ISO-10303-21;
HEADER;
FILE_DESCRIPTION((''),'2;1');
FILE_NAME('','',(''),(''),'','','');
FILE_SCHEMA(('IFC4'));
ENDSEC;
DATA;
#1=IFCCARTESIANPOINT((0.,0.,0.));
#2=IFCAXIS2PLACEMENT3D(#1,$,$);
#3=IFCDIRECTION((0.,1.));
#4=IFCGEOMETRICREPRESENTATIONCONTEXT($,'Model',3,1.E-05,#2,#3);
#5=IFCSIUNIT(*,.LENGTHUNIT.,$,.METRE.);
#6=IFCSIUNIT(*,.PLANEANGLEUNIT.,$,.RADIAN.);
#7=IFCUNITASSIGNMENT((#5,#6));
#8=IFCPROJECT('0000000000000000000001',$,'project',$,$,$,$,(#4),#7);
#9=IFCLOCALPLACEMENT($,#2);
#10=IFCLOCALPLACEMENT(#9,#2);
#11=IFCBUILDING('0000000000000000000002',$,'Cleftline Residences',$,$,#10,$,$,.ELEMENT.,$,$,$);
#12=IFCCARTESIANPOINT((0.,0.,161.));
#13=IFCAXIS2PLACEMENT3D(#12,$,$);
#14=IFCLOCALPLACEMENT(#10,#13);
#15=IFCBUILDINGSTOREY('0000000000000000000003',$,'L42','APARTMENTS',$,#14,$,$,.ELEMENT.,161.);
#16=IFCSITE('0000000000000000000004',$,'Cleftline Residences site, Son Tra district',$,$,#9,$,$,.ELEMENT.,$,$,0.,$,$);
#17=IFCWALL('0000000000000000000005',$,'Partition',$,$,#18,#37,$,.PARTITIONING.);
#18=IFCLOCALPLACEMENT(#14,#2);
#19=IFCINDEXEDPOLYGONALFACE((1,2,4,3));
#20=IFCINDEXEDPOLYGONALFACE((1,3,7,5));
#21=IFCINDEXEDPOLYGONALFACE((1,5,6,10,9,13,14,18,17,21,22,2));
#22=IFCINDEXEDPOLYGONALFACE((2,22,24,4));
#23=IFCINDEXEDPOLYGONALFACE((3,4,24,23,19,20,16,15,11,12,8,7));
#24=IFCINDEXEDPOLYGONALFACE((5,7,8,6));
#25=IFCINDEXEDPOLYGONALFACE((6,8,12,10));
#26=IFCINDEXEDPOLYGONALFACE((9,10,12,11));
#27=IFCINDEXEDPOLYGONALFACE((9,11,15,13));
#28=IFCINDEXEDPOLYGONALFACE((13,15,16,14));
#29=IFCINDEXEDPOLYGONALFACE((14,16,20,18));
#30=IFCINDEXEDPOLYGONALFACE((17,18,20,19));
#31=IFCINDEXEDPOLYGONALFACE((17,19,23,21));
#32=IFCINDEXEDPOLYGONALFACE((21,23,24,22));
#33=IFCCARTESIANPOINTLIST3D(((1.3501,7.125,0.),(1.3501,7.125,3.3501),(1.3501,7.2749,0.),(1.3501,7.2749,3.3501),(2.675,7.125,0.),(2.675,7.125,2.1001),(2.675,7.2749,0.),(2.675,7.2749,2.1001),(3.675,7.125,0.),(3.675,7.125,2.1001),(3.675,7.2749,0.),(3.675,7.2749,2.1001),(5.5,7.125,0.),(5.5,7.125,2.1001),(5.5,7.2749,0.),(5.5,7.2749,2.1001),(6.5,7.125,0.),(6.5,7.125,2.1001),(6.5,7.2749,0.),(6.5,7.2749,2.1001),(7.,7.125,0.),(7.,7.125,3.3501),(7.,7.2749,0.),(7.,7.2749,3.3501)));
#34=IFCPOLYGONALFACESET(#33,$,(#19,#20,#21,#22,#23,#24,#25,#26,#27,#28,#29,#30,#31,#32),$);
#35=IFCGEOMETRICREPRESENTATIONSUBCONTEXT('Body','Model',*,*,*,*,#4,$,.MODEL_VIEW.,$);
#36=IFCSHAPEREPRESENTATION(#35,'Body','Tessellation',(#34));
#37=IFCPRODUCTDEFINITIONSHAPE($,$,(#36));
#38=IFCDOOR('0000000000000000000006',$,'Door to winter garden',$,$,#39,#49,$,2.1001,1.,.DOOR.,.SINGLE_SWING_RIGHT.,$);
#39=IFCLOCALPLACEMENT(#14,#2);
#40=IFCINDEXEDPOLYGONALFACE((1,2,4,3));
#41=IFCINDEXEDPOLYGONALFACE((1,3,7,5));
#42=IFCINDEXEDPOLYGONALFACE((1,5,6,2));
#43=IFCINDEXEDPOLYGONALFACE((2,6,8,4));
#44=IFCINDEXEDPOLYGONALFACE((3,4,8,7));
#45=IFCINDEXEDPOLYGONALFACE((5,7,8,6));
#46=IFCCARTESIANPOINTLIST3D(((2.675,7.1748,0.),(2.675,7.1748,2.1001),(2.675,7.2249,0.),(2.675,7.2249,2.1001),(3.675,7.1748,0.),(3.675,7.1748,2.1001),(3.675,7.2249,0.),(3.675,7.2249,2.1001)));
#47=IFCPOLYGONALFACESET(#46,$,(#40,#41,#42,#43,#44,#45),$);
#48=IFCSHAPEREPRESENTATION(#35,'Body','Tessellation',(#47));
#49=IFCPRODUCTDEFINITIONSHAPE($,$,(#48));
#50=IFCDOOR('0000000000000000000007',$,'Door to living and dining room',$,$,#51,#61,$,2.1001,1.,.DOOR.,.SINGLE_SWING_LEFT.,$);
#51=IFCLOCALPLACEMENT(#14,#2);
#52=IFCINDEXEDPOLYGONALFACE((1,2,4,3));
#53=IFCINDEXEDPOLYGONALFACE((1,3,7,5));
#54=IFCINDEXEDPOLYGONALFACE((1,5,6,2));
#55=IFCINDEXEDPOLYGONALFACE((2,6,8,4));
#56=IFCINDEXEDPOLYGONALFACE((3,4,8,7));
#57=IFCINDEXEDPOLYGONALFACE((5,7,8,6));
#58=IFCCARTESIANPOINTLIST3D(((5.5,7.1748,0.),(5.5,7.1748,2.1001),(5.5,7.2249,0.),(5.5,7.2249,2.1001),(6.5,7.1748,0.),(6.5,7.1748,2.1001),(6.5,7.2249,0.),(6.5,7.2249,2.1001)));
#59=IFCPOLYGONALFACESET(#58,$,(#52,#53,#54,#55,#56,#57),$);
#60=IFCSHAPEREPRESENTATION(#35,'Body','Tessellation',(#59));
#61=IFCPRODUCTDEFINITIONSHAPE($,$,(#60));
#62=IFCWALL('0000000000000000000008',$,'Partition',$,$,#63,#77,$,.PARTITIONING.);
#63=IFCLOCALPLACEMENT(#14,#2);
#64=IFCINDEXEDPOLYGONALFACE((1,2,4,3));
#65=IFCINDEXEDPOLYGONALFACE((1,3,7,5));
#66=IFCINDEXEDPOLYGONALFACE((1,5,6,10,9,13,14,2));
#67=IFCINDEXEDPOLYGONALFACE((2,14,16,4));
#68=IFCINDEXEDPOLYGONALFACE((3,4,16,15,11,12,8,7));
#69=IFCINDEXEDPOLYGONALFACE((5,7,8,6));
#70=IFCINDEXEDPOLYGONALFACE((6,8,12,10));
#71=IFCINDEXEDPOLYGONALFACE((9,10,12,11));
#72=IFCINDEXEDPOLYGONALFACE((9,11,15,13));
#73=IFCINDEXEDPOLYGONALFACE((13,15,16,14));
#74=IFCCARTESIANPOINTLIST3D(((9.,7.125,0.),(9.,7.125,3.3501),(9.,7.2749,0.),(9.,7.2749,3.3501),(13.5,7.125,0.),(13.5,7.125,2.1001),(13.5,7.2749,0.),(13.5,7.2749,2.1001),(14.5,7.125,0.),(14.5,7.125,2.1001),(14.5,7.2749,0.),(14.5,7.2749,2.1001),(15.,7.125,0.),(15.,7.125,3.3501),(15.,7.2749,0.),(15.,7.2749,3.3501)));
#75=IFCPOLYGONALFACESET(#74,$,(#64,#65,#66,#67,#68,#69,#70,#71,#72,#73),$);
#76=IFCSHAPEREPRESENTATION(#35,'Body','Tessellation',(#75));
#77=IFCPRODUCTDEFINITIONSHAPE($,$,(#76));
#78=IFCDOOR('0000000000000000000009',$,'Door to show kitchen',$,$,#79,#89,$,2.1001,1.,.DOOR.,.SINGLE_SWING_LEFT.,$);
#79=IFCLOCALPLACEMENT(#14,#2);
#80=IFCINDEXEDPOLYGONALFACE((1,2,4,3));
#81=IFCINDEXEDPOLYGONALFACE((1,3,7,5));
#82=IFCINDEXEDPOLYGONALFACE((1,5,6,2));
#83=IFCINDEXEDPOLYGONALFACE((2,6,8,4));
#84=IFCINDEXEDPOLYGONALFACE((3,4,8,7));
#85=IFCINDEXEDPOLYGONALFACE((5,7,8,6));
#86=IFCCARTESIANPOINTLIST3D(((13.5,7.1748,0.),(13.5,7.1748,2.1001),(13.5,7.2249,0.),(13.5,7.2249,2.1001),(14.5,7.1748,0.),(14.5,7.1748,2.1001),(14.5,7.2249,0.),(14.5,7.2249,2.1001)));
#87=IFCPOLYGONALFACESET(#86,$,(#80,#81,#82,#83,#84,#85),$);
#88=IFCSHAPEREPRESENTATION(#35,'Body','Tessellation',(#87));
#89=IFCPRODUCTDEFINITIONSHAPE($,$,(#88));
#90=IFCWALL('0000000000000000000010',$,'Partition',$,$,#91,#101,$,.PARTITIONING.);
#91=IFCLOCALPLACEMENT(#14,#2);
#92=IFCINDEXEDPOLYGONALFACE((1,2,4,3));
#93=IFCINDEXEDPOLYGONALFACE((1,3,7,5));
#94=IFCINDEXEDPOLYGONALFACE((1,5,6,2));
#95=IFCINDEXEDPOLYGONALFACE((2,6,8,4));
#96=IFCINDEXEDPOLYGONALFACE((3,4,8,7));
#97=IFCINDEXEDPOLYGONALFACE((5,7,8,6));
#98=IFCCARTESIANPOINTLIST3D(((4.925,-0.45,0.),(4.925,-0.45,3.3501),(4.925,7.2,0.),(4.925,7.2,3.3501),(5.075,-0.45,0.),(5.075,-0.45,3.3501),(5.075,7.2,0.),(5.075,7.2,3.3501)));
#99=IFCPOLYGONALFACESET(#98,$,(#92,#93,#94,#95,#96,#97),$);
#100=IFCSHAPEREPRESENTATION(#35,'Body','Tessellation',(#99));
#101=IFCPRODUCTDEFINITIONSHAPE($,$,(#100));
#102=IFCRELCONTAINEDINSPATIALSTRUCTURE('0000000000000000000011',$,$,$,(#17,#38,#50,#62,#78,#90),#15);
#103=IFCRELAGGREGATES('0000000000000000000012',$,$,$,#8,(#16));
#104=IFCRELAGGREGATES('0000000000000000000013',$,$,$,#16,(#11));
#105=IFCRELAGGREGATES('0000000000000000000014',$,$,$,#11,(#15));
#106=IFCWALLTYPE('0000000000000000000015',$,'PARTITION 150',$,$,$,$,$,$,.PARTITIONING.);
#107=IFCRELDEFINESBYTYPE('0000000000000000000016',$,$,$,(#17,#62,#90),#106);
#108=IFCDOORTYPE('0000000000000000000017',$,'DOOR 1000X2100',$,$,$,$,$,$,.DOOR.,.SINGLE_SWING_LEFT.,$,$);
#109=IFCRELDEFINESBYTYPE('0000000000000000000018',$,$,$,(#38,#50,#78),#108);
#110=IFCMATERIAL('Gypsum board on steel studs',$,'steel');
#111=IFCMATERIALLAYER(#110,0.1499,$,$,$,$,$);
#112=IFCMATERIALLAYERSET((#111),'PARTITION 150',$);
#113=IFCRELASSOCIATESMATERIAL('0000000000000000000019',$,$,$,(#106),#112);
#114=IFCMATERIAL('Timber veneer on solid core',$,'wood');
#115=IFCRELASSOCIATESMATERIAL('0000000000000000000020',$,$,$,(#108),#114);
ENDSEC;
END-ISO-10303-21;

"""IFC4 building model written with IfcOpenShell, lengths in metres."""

from ifc_helpers import new_model, si_unit, direction, frame, frame_2d, origin, place, context, subcontext, project, spatial, rectangle, extrude, material, layer, layer_set, type_object, element, fill, save


model = new_model("IFC4")

# Units and contexts
model_context = context("Model", 3, precision=1e-05, world=origin(), true_north=direction((0.0, 1.0)))
body_context = subcontext(model_context, "Body", "Model", "MODEL_VIEW")
ifc_project = project(units=[si_unit("LENGTHUNIT", "METRE"), si_unit("PLANEANGLEUNIT", "RADIAN")], contexts=[model_context])

# Site, building, storey
site_placement = place(None, origin())
site = spatial("IfcSite", under=ifc_project, at=site_placement, Name="Cleftline Residences site, Son Tra district", CompositionType="ELEMENT", RefElevation=0.0)
building_placement = place(site_placement, origin())
building = spatial("IfcBuilding", under=site, at=building_placement, Name="Cleftline Residences", CompositionType="ELEMENT")
storey_placement = place(building_placement, frame((0.0, 0.0, 161.0)))
storey = spatial("IfcBuildingStorey", under=building, at=storey_placement, Name="L42", Description="APARTMENTS", CompositionType="ELEMENT", Elevation=161.0)

# Wall, openings, doors
ifc_material_1 = material(Name="Gypsum board on steel studs", Category="steel")
ifc_layer_1 = layer(ifc_material_1, 0.1499)
ifc_layer_set_1 = layer_set([ifc_layer_1], Name="PARTITION 150")
wall_type_1 = type_object("IfcWallType", Name="PARTITION 150", PredefinedType="PARTITIONING", material=ifc_layer_set_1)
wall_1_placement = place(storey_placement, frame((1.3501, 7.2, 0.0), z_axis=(0.0, 0.0, 1.0), x_axis=(1.0, 0.0, 0.0)))
wall_1 = element("IfcWall", 1, at=wall_1_placement, inside=storey, type_object=wall_type_1, Name="Partition", PredefinedType="PARTITIONING", context=body_context, shape_type="SweptSolid", body=[
    extrude(rectangle(XDim=5.6499, YDim=0.1499, at=frame_2d((2.825, 0.0))), origin(), (0.0, 0.0, 1.0), 3.3501),
])
opening_1_placement = place(wall_1_placement, frame((1.325, 0.0, 0.0)))
opening_1 = element("IfcOpeningElement", 2, at=opening_1_placement, cuts=wall_1, PredefinedType="OPENING", context=body_context, shape_type="SweptSolid", body=[
    extrude(rectangle(XDim=1.0, YDim=2.1001, at=frame_2d((0.5, 1.05))), frame((0.0, 0.085, 0.0), z_axis=(0.0, -1.0, 0.0), x_axis=(1.0, 0.0, 0.0)), (0.0, 0.0, 1.0), 0.1699),
])
opening_2_placement = place(wall_1_placement, frame((4.1499, 0.0, 0.0)))
opening_2 = element("IfcOpeningElement", 3, at=opening_2_placement, cuts=wall_1, PredefinedType="OPENING", context=body_context, shape_type="SweptSolid", body=[
    extrude(rectangle(XDim=1.0, YDim=2.1001, at=frame_2d((0.5, 1.05))), frame((0.0, 0.085, 0.0), z_axis=(0.0, -1.0, 0.0), x_axis=(1.0, 0.0, 0.0)), (0.0, 0.0, 1.0), 0.1699),
])
ifc_material_2 = material(Name="Timber veneer on solid core", Category="wood")
door_type = type_object("IfcDoorType", Name="DOOR 1000X2100", OperationType="SINGLE_SWING_LEFT", PredefinedType="DOOR", material=ifc_material_2)
door_1_placement = place(opening_1_placement, origin())
door_1 = element("IfcDoor", 4, at=door_1_placement, inside=storey, type_object=door_type, Name="Door to winter garden", OperationType="SINGLE_SWING_RIGHT", OverallHeight=2.1001, OverallWidth=1.0, PredefinedType="DOOR", context=body_context, shape_type="SweptSolid", body=[
    extrude(rectangle(XDim=1.0, YDim=2.1001, at=frame_2d((0.5, 1.05))), frame((0.0, 0.0249, 0.0), z_axis=(0.0, -1.0, 0.0), x_axis=(1.0, 0.0, 0.0)), (0.0, 0.0, 1.0), 0.05),
])
fill(opening_1, door_1)
door_2_placement = place(opening_2_placement, origin())
door_2 = element("IfcDoor", 5, at=door_2_placement, inside=storey, type_object=door_type, Name="Door to living and dining room", OperationType="SINGLE_SWING_LEFT", OverallHeight=2.1001, OverallWidth=1.0, PredefinedType="DOOR", context=body_context, shape_type="SweptSolid", body=[
    extrude(rectangle(XDim=1.0, YDim=2.1001, at=frame_2d((0.5, 1.05))), frame((0.0, 0.0249, 0.0), z_axis=(0.0, -1.0, 0.0), x_axis=(1.0, 0.0, 0.0)), (0.0, 0.0, 1.0), 0.05),
])
fill(opening_2, door_2)

# Wall, opening, door
wall_2_placement = place(storey_placement, frame((9.0, 7.2, 0.0), z_axis=(0.0, 0.0, 1.0), x_axis=(1.0, 0.0, 0.0)))
wall_2 = element("IfcWall", 6, at=wall_2_placement, inside=storey, type_object=wall_type_1, Name="Partition", PredefinedType="PARTITIONING", context=body_context, shape_type="SweptSolid", body=[
    extrude(rectangle(XDim=6.0, YDim=0.1499, at=frame_2d((3.0, 0.0))), origin(), (0.0, 0.0, 1.0), 3.3501),
])
opening_3_placement = place(wall_2_placement, frame((4.5, 0.0, 0.0)))
opening_3 = element("IfcOpeningElement", 7, at=opening_3_placement, cuts=wall_2, PredefinedType="OPENING", context=body_context, shape_type="SweptSolid", body=[
    extrude(rectangle(XDim=1.0, YDim=2.1001, at=frame_2d((0.5, 1.05))), frame((0.0, 0.085, 0.0), z_axis=(0.0, -1.0, 0.0), x_axis=(1.0, 0.0, 0.0)), (0.0, 0.0, 1.0), 0.1699),
])
door_3_placement = place(opening_3_placement, origin())
door_3 = element("IfcDoor", 8, at=door_3_placement, inside=storey, type_object=door_type, Name="Door to show kitchen", OperationType="SINGLE_SWING_LEFT", OverallHeight=2.1001, OverallWidth=1.0, PredefinedType="DOOR", context=body_context, shape_type="SweptSolid", body=[
    extrude(rectangle(XDim=1.0, YDim=2.1001, at=frame_2d((0.5, 1.05))), frame((0.0, 0.0249, 0.0), z_axis=(0.0, -1.0, 0.0), x_axis=(1.0, 0.0, 0.0)), (0.0, 0.0, 1.0), 0.05),
])
fill(opening_3, door_3)

# Wall
wall_3_placement = place(storey_placement, frame((5.0, -0.45, 0.0), z_axis=(0.0, 0.0, 1.0), x_axis=(0.0, 1.0, 0.0)))
element("IfcWall", 9, at=wall_3_placement, inside=storey, type_object=wall_type_1, Name="Partition", PredefinedType="PARTITIONING", context=body_context, shape_type="SweptSolid", body=[
    extrude(rectangle(XDim=7.6499, YDim=0.1499, at=frame_2d((3.825, 0.0))), origin(), (0.0, 0.0, 1.0), 3.3501),
])

save(model, "model.ifc")
